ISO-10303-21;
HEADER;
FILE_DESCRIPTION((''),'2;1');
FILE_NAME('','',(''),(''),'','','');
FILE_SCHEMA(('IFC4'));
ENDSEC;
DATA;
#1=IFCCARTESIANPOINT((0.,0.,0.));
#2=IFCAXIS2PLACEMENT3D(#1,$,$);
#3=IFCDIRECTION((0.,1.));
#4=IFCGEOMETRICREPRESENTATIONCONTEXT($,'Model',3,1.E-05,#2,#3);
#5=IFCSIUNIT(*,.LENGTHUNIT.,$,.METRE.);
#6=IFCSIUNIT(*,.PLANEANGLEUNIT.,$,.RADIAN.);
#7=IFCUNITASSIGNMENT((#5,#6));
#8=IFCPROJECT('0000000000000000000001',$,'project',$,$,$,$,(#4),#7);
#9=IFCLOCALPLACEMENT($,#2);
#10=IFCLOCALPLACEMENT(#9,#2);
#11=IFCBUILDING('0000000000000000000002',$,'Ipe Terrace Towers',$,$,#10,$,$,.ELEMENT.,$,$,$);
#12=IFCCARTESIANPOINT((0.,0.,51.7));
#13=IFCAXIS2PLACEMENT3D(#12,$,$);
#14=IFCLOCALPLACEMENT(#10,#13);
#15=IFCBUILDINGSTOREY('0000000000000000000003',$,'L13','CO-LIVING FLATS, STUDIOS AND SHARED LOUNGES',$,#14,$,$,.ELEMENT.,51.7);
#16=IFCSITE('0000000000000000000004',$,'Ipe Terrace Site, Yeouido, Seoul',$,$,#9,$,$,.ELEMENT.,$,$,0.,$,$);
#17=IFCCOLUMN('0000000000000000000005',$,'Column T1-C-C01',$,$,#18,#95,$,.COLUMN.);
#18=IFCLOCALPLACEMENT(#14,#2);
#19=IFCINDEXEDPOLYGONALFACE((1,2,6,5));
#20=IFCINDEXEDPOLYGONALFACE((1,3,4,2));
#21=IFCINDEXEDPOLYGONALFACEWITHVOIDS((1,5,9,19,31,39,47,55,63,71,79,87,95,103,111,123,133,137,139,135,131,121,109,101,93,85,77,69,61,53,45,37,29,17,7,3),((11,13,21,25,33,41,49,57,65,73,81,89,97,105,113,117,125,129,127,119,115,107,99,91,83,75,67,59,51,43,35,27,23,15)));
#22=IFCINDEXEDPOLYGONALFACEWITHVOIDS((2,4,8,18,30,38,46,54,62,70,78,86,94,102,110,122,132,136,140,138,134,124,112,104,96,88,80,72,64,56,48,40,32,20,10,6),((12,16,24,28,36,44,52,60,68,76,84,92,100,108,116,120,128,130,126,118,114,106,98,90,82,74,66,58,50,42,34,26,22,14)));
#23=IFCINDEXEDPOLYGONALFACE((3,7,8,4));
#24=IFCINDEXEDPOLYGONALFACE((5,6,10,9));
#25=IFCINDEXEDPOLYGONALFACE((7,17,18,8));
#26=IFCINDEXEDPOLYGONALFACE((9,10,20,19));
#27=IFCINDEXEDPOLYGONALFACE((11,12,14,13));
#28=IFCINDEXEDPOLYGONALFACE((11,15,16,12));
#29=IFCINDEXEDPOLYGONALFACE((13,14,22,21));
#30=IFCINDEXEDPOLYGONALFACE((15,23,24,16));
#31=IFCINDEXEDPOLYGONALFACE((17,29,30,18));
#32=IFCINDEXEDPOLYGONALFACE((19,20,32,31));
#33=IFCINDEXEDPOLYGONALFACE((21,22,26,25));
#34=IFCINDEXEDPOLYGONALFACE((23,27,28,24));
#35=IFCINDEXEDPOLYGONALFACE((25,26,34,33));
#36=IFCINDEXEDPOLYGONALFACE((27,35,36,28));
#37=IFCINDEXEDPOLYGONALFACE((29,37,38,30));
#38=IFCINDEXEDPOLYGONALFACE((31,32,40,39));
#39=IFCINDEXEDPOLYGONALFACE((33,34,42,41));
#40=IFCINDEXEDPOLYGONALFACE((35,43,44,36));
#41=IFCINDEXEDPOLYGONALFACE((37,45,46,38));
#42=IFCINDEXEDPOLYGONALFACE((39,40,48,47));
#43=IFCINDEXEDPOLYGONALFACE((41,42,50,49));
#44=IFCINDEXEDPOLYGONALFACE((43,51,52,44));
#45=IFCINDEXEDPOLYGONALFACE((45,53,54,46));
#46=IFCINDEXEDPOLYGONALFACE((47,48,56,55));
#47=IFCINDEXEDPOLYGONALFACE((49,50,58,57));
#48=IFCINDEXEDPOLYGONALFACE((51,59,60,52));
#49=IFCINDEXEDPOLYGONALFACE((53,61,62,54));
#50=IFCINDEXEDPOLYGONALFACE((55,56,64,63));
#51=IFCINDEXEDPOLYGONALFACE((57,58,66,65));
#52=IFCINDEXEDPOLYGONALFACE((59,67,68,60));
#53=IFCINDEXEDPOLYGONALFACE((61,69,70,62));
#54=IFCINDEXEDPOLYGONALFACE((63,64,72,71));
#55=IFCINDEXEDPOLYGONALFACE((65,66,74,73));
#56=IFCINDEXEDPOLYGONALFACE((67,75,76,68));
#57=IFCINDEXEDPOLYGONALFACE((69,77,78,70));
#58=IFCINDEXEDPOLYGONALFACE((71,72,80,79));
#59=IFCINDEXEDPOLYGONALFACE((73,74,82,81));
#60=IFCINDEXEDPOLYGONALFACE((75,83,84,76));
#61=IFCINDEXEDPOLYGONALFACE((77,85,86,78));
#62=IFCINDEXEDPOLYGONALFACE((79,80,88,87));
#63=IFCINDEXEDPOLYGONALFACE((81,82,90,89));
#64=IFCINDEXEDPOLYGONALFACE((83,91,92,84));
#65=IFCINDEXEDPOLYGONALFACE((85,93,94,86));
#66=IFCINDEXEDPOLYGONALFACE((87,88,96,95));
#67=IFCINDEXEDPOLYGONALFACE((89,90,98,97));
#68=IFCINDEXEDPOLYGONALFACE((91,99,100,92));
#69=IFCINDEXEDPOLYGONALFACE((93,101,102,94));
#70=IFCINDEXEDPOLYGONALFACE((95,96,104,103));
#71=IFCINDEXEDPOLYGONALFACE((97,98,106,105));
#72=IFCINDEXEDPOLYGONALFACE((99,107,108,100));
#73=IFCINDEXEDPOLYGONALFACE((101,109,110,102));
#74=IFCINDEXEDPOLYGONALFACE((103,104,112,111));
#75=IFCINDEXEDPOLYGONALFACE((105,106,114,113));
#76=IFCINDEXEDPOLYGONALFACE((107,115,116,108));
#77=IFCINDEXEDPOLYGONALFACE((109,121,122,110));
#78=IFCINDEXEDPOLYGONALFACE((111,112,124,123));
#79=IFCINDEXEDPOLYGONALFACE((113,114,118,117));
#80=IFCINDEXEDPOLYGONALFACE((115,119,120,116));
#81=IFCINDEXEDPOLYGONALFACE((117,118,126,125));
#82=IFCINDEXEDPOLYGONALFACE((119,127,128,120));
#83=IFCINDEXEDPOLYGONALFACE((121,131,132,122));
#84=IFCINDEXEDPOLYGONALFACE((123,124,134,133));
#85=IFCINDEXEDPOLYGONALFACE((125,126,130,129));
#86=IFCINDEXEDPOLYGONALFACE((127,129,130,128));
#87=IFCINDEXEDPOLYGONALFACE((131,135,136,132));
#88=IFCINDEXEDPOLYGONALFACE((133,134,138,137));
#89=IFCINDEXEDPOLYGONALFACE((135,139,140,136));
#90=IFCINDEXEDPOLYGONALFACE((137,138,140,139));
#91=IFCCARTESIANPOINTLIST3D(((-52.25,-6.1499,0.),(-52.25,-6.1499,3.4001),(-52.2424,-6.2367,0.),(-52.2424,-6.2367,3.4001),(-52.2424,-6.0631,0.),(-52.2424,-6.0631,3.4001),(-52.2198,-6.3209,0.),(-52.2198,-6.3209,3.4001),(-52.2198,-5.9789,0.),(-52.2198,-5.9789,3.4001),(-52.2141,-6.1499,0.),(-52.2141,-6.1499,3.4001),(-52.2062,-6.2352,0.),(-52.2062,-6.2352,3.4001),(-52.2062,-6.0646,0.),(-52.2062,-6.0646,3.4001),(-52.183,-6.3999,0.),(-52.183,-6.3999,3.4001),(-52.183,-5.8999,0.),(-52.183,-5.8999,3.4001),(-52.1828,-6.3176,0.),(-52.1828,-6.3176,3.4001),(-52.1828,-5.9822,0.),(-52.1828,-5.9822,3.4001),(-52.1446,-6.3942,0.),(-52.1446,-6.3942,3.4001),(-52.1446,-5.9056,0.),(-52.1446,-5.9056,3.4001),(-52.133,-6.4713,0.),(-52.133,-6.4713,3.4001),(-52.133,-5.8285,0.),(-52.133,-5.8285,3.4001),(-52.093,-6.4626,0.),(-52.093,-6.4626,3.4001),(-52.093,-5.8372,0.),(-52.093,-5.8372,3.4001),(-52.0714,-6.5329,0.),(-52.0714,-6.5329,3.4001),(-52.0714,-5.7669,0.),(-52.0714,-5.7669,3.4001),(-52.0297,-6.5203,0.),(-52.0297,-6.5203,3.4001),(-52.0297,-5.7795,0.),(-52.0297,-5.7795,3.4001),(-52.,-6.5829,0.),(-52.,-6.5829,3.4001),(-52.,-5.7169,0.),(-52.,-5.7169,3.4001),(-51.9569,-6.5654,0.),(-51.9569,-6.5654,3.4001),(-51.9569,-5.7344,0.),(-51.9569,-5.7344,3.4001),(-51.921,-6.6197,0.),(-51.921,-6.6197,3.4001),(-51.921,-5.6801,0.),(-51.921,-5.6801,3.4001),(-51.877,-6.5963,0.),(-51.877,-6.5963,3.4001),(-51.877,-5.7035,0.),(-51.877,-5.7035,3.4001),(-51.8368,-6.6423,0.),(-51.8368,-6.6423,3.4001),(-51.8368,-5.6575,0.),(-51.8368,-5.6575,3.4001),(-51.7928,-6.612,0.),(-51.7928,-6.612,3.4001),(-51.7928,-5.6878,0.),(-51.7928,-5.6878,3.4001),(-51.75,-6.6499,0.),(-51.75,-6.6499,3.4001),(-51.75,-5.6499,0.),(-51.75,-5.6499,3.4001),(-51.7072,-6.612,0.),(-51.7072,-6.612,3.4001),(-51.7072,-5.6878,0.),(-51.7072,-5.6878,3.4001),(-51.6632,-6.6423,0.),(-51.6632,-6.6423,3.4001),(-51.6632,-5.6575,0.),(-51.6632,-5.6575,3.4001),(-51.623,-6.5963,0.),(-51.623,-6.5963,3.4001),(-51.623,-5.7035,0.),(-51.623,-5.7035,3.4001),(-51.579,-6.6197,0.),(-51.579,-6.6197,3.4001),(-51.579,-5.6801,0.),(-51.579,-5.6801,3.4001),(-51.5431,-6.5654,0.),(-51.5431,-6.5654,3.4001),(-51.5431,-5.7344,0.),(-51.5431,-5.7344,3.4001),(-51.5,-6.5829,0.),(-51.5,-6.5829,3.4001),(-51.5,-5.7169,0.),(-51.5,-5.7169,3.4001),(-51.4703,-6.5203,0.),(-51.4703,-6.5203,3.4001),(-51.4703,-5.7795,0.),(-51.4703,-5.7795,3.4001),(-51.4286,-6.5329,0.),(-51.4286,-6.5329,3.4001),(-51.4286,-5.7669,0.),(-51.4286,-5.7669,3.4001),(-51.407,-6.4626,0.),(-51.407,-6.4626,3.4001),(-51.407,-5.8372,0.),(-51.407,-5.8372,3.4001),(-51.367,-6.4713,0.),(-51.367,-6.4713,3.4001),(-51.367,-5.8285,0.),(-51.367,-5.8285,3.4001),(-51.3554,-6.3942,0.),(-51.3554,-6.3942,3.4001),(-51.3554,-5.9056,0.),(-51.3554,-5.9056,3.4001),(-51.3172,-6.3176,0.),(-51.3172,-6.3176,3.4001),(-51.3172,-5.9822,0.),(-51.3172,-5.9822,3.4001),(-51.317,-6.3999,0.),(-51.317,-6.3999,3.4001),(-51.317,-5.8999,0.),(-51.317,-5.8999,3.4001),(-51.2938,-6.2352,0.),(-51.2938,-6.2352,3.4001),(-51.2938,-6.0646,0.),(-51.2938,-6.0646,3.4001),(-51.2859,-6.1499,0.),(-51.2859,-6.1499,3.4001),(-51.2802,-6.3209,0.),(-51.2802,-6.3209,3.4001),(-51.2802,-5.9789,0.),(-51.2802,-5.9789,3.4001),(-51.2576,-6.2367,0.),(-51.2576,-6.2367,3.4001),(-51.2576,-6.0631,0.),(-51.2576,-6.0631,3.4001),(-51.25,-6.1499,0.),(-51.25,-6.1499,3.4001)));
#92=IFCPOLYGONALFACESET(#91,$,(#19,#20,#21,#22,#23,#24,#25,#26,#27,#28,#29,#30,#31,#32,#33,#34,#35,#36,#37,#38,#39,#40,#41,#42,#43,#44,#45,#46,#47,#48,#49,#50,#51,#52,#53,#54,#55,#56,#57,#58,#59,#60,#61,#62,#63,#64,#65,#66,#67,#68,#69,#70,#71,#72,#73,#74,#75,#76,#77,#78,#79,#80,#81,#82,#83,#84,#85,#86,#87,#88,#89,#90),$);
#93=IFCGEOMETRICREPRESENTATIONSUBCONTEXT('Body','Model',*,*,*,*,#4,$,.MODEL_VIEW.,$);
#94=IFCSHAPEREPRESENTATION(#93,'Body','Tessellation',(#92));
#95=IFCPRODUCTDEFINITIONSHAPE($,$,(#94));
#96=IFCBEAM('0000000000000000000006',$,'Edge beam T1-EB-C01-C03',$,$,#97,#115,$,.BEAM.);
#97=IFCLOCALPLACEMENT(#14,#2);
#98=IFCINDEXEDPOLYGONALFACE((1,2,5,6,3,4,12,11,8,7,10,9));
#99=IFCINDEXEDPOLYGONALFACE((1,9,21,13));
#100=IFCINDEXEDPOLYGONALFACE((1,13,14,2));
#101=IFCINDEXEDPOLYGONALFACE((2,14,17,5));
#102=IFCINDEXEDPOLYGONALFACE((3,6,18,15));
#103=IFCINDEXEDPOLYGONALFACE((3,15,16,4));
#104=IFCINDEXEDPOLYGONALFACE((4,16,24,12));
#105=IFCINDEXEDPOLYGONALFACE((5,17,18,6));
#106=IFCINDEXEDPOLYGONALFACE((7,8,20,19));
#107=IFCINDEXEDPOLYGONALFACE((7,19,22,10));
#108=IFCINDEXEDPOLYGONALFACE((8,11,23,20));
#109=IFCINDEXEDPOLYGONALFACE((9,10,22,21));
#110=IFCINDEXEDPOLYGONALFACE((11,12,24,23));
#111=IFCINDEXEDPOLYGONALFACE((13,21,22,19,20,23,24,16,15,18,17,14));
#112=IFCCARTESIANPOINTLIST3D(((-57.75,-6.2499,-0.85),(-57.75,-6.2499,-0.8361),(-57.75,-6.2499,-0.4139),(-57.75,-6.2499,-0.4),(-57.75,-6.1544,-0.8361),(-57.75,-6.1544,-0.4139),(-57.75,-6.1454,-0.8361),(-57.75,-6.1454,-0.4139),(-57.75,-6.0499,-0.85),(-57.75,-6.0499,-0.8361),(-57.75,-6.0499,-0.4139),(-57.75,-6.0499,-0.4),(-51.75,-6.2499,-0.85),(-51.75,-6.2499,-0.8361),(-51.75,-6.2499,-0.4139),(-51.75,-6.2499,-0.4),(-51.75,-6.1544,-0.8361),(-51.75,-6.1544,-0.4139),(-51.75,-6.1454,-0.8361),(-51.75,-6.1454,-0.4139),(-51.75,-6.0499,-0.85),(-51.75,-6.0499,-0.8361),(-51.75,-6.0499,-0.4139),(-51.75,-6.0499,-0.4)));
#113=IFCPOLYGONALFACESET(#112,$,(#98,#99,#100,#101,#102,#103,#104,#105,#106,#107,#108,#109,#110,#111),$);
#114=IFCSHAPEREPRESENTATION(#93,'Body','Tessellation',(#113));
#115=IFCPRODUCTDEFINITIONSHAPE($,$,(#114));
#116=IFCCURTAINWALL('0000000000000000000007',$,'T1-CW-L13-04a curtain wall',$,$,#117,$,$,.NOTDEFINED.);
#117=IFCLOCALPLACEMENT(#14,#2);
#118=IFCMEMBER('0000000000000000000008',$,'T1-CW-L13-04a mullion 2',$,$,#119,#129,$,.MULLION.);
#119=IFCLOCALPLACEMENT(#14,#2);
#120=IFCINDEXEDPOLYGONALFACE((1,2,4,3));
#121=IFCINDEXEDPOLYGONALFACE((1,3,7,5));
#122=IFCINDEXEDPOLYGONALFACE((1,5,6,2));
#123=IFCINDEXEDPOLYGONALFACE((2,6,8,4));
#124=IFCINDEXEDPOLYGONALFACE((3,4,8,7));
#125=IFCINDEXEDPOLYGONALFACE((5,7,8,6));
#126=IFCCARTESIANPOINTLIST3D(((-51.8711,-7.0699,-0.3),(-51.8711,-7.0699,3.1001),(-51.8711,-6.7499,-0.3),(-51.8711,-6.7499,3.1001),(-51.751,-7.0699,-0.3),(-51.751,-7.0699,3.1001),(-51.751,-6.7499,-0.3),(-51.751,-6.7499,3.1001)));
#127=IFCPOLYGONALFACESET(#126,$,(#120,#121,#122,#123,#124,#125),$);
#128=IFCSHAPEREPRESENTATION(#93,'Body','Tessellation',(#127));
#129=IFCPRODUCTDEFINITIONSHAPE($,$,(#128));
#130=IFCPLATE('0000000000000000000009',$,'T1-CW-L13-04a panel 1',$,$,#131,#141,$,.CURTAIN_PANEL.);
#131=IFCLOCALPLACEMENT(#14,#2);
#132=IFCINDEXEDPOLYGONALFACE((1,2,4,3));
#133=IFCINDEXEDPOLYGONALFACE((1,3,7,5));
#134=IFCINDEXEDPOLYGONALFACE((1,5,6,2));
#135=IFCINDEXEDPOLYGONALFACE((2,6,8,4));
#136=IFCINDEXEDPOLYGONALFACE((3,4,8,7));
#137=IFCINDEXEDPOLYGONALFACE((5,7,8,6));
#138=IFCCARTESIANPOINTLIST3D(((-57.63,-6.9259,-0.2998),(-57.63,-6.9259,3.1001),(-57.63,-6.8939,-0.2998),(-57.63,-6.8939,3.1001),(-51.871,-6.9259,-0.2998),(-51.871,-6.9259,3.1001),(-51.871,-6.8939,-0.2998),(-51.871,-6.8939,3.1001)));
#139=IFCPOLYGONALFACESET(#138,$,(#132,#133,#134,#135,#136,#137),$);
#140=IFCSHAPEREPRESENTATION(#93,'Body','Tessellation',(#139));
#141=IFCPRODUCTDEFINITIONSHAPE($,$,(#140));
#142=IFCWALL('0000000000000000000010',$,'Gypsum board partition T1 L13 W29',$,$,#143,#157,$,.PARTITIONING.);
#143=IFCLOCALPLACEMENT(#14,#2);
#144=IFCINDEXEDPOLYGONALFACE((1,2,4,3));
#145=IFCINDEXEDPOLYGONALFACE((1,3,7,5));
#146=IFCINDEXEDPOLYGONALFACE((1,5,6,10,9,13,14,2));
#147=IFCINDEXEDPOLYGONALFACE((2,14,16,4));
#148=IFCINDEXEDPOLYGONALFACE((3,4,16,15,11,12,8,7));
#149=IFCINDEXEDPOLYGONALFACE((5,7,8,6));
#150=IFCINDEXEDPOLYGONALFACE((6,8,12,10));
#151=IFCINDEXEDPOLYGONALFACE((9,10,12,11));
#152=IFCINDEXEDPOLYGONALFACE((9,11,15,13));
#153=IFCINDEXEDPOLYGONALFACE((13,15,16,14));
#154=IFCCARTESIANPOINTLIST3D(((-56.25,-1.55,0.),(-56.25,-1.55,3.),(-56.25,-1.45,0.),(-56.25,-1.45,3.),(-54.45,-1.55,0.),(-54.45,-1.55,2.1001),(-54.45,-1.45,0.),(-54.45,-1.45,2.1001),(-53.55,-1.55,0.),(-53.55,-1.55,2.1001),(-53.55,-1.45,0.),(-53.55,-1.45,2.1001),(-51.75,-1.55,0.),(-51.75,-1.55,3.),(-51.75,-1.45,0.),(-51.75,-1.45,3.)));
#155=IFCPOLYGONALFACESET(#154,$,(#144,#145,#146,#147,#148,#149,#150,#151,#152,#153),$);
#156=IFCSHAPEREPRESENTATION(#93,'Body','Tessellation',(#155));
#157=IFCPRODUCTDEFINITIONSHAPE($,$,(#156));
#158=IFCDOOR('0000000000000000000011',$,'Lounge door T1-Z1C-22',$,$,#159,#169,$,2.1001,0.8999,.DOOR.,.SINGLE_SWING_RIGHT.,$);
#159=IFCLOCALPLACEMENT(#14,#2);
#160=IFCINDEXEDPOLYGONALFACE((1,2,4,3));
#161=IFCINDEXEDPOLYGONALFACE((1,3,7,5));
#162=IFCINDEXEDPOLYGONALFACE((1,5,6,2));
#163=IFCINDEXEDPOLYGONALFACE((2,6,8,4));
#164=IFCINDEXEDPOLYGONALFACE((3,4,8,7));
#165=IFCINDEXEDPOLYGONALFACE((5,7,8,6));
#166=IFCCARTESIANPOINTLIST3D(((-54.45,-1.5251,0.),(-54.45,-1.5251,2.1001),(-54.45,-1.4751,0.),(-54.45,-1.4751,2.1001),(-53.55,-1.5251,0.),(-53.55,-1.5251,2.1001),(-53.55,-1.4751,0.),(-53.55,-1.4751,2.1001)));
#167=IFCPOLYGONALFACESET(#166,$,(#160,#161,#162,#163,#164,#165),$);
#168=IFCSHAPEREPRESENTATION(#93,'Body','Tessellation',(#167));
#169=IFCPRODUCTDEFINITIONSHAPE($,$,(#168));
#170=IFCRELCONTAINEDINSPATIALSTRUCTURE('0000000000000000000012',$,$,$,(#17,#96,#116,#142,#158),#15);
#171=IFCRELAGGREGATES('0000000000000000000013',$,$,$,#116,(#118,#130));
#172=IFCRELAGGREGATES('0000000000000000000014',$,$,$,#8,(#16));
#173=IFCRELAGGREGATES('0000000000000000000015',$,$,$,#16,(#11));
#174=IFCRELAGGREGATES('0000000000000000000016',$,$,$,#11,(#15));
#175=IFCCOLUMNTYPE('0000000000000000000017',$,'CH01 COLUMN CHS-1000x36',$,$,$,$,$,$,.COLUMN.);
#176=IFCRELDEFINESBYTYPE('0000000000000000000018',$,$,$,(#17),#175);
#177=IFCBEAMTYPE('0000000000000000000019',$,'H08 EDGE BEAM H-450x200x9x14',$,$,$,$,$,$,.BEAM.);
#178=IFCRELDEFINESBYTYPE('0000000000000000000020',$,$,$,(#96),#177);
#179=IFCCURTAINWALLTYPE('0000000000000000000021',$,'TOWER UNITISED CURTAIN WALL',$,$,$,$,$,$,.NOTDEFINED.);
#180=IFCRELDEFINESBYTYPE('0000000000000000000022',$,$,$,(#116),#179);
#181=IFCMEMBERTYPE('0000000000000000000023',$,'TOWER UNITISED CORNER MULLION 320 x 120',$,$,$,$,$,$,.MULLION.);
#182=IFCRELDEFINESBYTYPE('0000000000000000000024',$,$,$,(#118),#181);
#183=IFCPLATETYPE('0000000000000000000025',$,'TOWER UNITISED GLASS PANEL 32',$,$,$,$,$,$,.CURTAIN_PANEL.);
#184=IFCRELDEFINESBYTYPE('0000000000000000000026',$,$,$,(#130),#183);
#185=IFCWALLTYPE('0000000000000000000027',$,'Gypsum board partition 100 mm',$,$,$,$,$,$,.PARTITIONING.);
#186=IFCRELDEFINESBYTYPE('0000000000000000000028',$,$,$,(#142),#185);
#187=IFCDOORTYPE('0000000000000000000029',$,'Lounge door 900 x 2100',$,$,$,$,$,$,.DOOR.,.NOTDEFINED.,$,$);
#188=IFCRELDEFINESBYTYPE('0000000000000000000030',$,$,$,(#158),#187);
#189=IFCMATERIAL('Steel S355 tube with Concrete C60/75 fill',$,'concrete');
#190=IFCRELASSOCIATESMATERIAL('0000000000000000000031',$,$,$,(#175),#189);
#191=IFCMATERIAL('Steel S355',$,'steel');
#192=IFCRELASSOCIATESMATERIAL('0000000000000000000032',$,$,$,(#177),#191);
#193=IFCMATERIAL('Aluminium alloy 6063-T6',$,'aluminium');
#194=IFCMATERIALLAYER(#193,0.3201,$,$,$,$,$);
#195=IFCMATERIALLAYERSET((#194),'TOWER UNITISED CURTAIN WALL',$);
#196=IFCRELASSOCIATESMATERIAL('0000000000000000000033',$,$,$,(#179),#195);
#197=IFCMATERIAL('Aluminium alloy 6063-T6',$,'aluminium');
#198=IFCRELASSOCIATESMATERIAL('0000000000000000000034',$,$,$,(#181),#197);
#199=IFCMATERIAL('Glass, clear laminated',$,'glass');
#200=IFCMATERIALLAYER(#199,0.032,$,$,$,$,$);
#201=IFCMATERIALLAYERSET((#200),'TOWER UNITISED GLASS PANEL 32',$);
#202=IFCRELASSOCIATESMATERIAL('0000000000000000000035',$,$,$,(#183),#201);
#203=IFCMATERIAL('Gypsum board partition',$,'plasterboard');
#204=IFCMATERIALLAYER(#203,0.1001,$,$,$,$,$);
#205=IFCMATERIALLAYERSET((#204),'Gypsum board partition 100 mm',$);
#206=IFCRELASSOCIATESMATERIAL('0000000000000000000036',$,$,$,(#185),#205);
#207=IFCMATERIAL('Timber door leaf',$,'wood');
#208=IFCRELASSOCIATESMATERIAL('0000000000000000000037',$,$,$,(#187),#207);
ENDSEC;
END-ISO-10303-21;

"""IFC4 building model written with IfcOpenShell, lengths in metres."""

from ifc_helpers import new_model, si_unit, direction, frame, frame_2d, origin, origin_2d, place, context, subcontext, project, spatial, rectangle, hollow_circle, i_section, extrude, material, layer, layer_set, material_profile, profile_set, type_object, element, fill, aggregate, save


model = new_model("IFC4")

# Units and contexts
model_context = context("Model", 3, precision=1e-05, world=origin(), true_north=direction((0.0, 1.0)))
body_context = subcontext(model_context, "Body", "Model", "MODEL_VIEW")
ifc_project = project(units=[si_unit("LENGTHUNIT", "METRE"), si_unit("PLANEANGLEUNIT", "RADIAN")], contexts=[model_context])

# Site, building, storey
site_placement = place(None, origin())
site = spatial("IfcSite", under=ifc_project, at=site_placement, Name="Ipe Terrace Site, Yeouido, Seoul", CompositionType="ELEMENT", RefElevation=0.0)
building_placement = place(site_placement, origin())
building = spatial("IfcBuilding", under=site, at=building_placement, Name="Ipe Terrace Towers", CompositionType="ELEMENT")
storey_placement = place(building_placement, frame((0.0, 0.0, 51.7)))
storey = spatial("IfcBuildingStorey", under=building, at=storey_placement, Name="L13", Description="CO-LIVING FLATS, STUDIOS AND SHARED LOUNGES", CompositionType="ELEMENT", Elevation=51.7)

# Column
ifc_material_1 = material(Name="Steel S355 tube with Concrete C60/75 fill", Category="concrete")
ifc_material_profile_1 = material_profile(ifc_material_1, hollow_circle(Radius=0.5, WallThickness=0.0359, at=origin_2d()), Name="CHS-1000x36")
ifc_profile_set_1 = profile_set([ifc_material_profile_1], Name="Steel S355 tube with Concrete C60/75 fill")
column_type = type_object("IfcColumnType", Name="CH01 COLUMN CHS-1000x36", PredefinedType="COLUMN", material=ifc_profile_set_1)
column_placement = place(storey_placement, frame((-51.75, -6.1499, 0.0), z_axis=(0.0, 0.0, 1.0), x_axis=(1.0, 0.0, 0.0)))
element("IfcColumn", 1, at=column_placement, inside=storey, type_object=column_type, Name="Column T1-C-C01", PredefinedType="COLUMN", context=body_context, shape_type="SweptSolid", body=[
    extrude(hollow_circle(Radius=0.5, WallThickness=0.0359, at=origin_2d()), origin(), (0.0, 0.0, 1.0), 3.4001),
])

# Beam
ifc_material_2 = material(Name="Steel S355", Category="steel")
ifc_material_profile_2 = material_profile(ifc_material_2, i_section(OverallWidth=0.2, OverallDepth=0.45, WebThickness=0.009, FlangeThickness=0.0139, at=origin_2d()), Name="H-450x200x9x14")
ifc_profile_set_2 = profile_set([ifc_material_profile_2], Name="Steel S355")
beam_type = type_object("IfcBeamType", Name="H08 EDGE BEAM H-450x200x9x14", PredefinedType="BEAM", material=ifc_profile_set_2)
beam_placement = place(storey_placement, frame((-51.75, -6.1499, -0.625), z_axis=(-1.0, 0.0, 0.0), x_axis=(0.0, -1.0, 0.0)))
element("IfcBeam", 2, at=beam_placement, inside=storey, type_object=beam_type, Name="Edge beam T1-EB-C01-C03", PredefinedType="BEAM", context=body_context, shape_type="SweptSolid", body=[
    extrude(i_section(OverallWidth=0.2, OverallDepth=0.45, WebThickness=0.009, FlangeThickness=0.0139, at=origin_2d()), origin(), (0.0, 0.0, 1.0), 6.0),
])

# Curtain wall, member, plate
ifc_material_3 = material(Name="Aluminium alloy 6063-T6", Category="aluminium")
ifc_layer_1 = layer(ifc_material_3, 0.3201)
ifc_layer_set_1 = layer_set([ifc_layer_1], Name="TOWER UNITISED CURTAIN WALL")
curtain_wall_type = type_object("IfcCurtainWallType", Name="TOWER UNITISED CURTAIN WALL", PredefinedType="NOTDEFINED", material=ifc_layer_set_1)
curtain_wall_placement = place(storey_placement, origin())
curtain_wall = element("IfcCurtainWall", 3, at=curtain_wall_placement, inside=storey, type_object=curtain_wall_type, Name="T1-CW-L13-04a curtain wall", PredefinedType="NOTDEFINED")
ifc_material_4 = material(Name="Aluminium alloy 6063-T6", Category="aluminium")
ifc_material_profile_3 = material_profile(ifc_material_4, rectangle(XDim=0.3201, YDim=0.1201, at=origin_2d()), Name="TOWER UNITISED CORNER MULLION 320 x 120")
ifc_profile_set_3 = profile_set([ifc_material_profile_3], Name="Aluminium alloy 6063-T6")
member_type = type_object("IfcMemberType", Name="TOWER UNITISED CORNER MULLION 320 x 120", PredefinedType="MULLION", material=ifc_profile_set_3)
member_placement = place(storey_placement, frame((-51.811, -6.9099, -0.3), z_axis=(0.0, 0.0, 1.0), x_axis=(0.0, -1.0, 0.0)))
member = element("IfcMember", 4, at=member_placement, type_object=member_type, Name="T1-CW-L13-04a mullion 2", PredefinedType="MULLION", context=body_context, shape_type="SweptSolid", body=[
    extrude(rectangle(XDim=0.3201, YDim=0.1201, at=origin_2d()), origin(), (0.0, 0.0, 1.0), 3.4001),
])
ifc_material_5 = material(Name="Glass, clear laminated", Category="glass")
ifc_layer_2 = layer(ifc_material_5, 0.032)
ifc_layer_set_2 = layer_set([ifc_layer_2], Name="TOWER UNITISED GLASS PANEL 32")
plate_type = type_object("IfcPlateType", Name="TOWER UNITISED GLASS PANEL 32", PredefinedType="CURTAIN_PANEL", material=ifc_layer_set_2)
plate_placement = place(storey_placement, frame((-54.7505, -6.9099, -0.2998), z_axis=(0.0, 0.0, 1.0), x_axis=(1.0, 0.0, 0.0)))
plate = element("IfcPlate", 5, at=plate_placement, type_object=plate_type, Name="T1-CW-L13-04a panel 1", PredefinedType="CURTAIN_PANEL", context=body_context, shape_type="SweptSolid", body=[
    extrude(rectangle(XDim=5.759, YDim=0.032, at=origin_2d()), origin(), (0.0, 0.0, 1.0), 3.3999),
])
aggregate(curtain_wall, [member, plate])

# Wall, opening, door
ifc_material_6 = material(Name="Gypsum board partition", Category="plasterboard")
ifc_layer_3 = layer(ifc_material_6, 0.1001)
ifc_layer_set_3 = layer_set([ifc_layer_3], Name="Gypsum board partition 100 mm")
wall_type_1 = type_object("IfcWallType", Name="Gypsum board partition 100 mm", PredefinedType="PARTITIONING", material=ifc_layer_set_3)
wall_1_placement = place(storey_placement, frame((-56.25, -1.5, 0.0), z_axis=(0.0, 0.0, 1.0), x_axis=(1.0, 0.0, 0.0)))
wall_1 = element("IfcWall", 6, at=wall_1_placement, inside=storey, type_object=wall_type_1, Name="Gypsum board partition T1 L13 W29", PredefinedType="PARTITIONING", context=body_context, shape_type="SweptSolid", body=[
    extrude(rectangle(XDim=4.5, YDim=0.1001, at=frame_2d((2.25, 0.0))), origin(), (0.0, 0.0, 1.0), 3.0),
])
opening_1_placement = place(wall_1_placement, frame((1.8, 0.0, 0.0)))
opening_1 = element("IfcOpeningElement", 7, at=opening_1_placement, cuts=wall_1, PredefinedType="OPENING", context=body_context, shape_type="SweptSolid", body=[
    extrude(rectangle(XDim=0.8999, YDim=2.1001, at=frame_2d((0.45, 1.05))), frame((0.0, 0.0601, 0.0), z_axis=(0.0, -1.0, 0.0), x_axis=(1.0, 0.0, 0.0)), (0.0, 0.0, 1.0), 0.1201),
])
ifc_material_7 = material(Name="Timber door leaf", Category="wood")
door_type_1 = type_object("IfcDoorType", Name="Lounge door 900 x 2100", OperationType="NOTDEFINED", PredefinedType="DOOR", material=ifc_material_7)
door_1_placement = place(opening_1_placement, origin())
door_1 = element("IfcDoor", 8, at=door_1_placement, inside=storey, type_object=door_type_1, Name="Lounge door T1-Z1C-22", OperationType="SINGLE_SWING_RIGHT", OverallHeight=2.1001, OverallWidth=0.8999, PredefinedType="DOOR", context=body_context, shape_type="SweptSolid", body=[
    extrude(rectangle(XDim=0.8999, YDim=2.1001, at=frame_2d((0.45, 1.05))), frame((0.0, 0.0249, 0.0), z_axis=(0.0, -1.0, 0.0), x_axis=(1.0, 0.0, 0.0)), (0.0, 0.0, 1.0), 0.05),
])
fill(opening_1, door_1)

save(model, "model.ifc")
